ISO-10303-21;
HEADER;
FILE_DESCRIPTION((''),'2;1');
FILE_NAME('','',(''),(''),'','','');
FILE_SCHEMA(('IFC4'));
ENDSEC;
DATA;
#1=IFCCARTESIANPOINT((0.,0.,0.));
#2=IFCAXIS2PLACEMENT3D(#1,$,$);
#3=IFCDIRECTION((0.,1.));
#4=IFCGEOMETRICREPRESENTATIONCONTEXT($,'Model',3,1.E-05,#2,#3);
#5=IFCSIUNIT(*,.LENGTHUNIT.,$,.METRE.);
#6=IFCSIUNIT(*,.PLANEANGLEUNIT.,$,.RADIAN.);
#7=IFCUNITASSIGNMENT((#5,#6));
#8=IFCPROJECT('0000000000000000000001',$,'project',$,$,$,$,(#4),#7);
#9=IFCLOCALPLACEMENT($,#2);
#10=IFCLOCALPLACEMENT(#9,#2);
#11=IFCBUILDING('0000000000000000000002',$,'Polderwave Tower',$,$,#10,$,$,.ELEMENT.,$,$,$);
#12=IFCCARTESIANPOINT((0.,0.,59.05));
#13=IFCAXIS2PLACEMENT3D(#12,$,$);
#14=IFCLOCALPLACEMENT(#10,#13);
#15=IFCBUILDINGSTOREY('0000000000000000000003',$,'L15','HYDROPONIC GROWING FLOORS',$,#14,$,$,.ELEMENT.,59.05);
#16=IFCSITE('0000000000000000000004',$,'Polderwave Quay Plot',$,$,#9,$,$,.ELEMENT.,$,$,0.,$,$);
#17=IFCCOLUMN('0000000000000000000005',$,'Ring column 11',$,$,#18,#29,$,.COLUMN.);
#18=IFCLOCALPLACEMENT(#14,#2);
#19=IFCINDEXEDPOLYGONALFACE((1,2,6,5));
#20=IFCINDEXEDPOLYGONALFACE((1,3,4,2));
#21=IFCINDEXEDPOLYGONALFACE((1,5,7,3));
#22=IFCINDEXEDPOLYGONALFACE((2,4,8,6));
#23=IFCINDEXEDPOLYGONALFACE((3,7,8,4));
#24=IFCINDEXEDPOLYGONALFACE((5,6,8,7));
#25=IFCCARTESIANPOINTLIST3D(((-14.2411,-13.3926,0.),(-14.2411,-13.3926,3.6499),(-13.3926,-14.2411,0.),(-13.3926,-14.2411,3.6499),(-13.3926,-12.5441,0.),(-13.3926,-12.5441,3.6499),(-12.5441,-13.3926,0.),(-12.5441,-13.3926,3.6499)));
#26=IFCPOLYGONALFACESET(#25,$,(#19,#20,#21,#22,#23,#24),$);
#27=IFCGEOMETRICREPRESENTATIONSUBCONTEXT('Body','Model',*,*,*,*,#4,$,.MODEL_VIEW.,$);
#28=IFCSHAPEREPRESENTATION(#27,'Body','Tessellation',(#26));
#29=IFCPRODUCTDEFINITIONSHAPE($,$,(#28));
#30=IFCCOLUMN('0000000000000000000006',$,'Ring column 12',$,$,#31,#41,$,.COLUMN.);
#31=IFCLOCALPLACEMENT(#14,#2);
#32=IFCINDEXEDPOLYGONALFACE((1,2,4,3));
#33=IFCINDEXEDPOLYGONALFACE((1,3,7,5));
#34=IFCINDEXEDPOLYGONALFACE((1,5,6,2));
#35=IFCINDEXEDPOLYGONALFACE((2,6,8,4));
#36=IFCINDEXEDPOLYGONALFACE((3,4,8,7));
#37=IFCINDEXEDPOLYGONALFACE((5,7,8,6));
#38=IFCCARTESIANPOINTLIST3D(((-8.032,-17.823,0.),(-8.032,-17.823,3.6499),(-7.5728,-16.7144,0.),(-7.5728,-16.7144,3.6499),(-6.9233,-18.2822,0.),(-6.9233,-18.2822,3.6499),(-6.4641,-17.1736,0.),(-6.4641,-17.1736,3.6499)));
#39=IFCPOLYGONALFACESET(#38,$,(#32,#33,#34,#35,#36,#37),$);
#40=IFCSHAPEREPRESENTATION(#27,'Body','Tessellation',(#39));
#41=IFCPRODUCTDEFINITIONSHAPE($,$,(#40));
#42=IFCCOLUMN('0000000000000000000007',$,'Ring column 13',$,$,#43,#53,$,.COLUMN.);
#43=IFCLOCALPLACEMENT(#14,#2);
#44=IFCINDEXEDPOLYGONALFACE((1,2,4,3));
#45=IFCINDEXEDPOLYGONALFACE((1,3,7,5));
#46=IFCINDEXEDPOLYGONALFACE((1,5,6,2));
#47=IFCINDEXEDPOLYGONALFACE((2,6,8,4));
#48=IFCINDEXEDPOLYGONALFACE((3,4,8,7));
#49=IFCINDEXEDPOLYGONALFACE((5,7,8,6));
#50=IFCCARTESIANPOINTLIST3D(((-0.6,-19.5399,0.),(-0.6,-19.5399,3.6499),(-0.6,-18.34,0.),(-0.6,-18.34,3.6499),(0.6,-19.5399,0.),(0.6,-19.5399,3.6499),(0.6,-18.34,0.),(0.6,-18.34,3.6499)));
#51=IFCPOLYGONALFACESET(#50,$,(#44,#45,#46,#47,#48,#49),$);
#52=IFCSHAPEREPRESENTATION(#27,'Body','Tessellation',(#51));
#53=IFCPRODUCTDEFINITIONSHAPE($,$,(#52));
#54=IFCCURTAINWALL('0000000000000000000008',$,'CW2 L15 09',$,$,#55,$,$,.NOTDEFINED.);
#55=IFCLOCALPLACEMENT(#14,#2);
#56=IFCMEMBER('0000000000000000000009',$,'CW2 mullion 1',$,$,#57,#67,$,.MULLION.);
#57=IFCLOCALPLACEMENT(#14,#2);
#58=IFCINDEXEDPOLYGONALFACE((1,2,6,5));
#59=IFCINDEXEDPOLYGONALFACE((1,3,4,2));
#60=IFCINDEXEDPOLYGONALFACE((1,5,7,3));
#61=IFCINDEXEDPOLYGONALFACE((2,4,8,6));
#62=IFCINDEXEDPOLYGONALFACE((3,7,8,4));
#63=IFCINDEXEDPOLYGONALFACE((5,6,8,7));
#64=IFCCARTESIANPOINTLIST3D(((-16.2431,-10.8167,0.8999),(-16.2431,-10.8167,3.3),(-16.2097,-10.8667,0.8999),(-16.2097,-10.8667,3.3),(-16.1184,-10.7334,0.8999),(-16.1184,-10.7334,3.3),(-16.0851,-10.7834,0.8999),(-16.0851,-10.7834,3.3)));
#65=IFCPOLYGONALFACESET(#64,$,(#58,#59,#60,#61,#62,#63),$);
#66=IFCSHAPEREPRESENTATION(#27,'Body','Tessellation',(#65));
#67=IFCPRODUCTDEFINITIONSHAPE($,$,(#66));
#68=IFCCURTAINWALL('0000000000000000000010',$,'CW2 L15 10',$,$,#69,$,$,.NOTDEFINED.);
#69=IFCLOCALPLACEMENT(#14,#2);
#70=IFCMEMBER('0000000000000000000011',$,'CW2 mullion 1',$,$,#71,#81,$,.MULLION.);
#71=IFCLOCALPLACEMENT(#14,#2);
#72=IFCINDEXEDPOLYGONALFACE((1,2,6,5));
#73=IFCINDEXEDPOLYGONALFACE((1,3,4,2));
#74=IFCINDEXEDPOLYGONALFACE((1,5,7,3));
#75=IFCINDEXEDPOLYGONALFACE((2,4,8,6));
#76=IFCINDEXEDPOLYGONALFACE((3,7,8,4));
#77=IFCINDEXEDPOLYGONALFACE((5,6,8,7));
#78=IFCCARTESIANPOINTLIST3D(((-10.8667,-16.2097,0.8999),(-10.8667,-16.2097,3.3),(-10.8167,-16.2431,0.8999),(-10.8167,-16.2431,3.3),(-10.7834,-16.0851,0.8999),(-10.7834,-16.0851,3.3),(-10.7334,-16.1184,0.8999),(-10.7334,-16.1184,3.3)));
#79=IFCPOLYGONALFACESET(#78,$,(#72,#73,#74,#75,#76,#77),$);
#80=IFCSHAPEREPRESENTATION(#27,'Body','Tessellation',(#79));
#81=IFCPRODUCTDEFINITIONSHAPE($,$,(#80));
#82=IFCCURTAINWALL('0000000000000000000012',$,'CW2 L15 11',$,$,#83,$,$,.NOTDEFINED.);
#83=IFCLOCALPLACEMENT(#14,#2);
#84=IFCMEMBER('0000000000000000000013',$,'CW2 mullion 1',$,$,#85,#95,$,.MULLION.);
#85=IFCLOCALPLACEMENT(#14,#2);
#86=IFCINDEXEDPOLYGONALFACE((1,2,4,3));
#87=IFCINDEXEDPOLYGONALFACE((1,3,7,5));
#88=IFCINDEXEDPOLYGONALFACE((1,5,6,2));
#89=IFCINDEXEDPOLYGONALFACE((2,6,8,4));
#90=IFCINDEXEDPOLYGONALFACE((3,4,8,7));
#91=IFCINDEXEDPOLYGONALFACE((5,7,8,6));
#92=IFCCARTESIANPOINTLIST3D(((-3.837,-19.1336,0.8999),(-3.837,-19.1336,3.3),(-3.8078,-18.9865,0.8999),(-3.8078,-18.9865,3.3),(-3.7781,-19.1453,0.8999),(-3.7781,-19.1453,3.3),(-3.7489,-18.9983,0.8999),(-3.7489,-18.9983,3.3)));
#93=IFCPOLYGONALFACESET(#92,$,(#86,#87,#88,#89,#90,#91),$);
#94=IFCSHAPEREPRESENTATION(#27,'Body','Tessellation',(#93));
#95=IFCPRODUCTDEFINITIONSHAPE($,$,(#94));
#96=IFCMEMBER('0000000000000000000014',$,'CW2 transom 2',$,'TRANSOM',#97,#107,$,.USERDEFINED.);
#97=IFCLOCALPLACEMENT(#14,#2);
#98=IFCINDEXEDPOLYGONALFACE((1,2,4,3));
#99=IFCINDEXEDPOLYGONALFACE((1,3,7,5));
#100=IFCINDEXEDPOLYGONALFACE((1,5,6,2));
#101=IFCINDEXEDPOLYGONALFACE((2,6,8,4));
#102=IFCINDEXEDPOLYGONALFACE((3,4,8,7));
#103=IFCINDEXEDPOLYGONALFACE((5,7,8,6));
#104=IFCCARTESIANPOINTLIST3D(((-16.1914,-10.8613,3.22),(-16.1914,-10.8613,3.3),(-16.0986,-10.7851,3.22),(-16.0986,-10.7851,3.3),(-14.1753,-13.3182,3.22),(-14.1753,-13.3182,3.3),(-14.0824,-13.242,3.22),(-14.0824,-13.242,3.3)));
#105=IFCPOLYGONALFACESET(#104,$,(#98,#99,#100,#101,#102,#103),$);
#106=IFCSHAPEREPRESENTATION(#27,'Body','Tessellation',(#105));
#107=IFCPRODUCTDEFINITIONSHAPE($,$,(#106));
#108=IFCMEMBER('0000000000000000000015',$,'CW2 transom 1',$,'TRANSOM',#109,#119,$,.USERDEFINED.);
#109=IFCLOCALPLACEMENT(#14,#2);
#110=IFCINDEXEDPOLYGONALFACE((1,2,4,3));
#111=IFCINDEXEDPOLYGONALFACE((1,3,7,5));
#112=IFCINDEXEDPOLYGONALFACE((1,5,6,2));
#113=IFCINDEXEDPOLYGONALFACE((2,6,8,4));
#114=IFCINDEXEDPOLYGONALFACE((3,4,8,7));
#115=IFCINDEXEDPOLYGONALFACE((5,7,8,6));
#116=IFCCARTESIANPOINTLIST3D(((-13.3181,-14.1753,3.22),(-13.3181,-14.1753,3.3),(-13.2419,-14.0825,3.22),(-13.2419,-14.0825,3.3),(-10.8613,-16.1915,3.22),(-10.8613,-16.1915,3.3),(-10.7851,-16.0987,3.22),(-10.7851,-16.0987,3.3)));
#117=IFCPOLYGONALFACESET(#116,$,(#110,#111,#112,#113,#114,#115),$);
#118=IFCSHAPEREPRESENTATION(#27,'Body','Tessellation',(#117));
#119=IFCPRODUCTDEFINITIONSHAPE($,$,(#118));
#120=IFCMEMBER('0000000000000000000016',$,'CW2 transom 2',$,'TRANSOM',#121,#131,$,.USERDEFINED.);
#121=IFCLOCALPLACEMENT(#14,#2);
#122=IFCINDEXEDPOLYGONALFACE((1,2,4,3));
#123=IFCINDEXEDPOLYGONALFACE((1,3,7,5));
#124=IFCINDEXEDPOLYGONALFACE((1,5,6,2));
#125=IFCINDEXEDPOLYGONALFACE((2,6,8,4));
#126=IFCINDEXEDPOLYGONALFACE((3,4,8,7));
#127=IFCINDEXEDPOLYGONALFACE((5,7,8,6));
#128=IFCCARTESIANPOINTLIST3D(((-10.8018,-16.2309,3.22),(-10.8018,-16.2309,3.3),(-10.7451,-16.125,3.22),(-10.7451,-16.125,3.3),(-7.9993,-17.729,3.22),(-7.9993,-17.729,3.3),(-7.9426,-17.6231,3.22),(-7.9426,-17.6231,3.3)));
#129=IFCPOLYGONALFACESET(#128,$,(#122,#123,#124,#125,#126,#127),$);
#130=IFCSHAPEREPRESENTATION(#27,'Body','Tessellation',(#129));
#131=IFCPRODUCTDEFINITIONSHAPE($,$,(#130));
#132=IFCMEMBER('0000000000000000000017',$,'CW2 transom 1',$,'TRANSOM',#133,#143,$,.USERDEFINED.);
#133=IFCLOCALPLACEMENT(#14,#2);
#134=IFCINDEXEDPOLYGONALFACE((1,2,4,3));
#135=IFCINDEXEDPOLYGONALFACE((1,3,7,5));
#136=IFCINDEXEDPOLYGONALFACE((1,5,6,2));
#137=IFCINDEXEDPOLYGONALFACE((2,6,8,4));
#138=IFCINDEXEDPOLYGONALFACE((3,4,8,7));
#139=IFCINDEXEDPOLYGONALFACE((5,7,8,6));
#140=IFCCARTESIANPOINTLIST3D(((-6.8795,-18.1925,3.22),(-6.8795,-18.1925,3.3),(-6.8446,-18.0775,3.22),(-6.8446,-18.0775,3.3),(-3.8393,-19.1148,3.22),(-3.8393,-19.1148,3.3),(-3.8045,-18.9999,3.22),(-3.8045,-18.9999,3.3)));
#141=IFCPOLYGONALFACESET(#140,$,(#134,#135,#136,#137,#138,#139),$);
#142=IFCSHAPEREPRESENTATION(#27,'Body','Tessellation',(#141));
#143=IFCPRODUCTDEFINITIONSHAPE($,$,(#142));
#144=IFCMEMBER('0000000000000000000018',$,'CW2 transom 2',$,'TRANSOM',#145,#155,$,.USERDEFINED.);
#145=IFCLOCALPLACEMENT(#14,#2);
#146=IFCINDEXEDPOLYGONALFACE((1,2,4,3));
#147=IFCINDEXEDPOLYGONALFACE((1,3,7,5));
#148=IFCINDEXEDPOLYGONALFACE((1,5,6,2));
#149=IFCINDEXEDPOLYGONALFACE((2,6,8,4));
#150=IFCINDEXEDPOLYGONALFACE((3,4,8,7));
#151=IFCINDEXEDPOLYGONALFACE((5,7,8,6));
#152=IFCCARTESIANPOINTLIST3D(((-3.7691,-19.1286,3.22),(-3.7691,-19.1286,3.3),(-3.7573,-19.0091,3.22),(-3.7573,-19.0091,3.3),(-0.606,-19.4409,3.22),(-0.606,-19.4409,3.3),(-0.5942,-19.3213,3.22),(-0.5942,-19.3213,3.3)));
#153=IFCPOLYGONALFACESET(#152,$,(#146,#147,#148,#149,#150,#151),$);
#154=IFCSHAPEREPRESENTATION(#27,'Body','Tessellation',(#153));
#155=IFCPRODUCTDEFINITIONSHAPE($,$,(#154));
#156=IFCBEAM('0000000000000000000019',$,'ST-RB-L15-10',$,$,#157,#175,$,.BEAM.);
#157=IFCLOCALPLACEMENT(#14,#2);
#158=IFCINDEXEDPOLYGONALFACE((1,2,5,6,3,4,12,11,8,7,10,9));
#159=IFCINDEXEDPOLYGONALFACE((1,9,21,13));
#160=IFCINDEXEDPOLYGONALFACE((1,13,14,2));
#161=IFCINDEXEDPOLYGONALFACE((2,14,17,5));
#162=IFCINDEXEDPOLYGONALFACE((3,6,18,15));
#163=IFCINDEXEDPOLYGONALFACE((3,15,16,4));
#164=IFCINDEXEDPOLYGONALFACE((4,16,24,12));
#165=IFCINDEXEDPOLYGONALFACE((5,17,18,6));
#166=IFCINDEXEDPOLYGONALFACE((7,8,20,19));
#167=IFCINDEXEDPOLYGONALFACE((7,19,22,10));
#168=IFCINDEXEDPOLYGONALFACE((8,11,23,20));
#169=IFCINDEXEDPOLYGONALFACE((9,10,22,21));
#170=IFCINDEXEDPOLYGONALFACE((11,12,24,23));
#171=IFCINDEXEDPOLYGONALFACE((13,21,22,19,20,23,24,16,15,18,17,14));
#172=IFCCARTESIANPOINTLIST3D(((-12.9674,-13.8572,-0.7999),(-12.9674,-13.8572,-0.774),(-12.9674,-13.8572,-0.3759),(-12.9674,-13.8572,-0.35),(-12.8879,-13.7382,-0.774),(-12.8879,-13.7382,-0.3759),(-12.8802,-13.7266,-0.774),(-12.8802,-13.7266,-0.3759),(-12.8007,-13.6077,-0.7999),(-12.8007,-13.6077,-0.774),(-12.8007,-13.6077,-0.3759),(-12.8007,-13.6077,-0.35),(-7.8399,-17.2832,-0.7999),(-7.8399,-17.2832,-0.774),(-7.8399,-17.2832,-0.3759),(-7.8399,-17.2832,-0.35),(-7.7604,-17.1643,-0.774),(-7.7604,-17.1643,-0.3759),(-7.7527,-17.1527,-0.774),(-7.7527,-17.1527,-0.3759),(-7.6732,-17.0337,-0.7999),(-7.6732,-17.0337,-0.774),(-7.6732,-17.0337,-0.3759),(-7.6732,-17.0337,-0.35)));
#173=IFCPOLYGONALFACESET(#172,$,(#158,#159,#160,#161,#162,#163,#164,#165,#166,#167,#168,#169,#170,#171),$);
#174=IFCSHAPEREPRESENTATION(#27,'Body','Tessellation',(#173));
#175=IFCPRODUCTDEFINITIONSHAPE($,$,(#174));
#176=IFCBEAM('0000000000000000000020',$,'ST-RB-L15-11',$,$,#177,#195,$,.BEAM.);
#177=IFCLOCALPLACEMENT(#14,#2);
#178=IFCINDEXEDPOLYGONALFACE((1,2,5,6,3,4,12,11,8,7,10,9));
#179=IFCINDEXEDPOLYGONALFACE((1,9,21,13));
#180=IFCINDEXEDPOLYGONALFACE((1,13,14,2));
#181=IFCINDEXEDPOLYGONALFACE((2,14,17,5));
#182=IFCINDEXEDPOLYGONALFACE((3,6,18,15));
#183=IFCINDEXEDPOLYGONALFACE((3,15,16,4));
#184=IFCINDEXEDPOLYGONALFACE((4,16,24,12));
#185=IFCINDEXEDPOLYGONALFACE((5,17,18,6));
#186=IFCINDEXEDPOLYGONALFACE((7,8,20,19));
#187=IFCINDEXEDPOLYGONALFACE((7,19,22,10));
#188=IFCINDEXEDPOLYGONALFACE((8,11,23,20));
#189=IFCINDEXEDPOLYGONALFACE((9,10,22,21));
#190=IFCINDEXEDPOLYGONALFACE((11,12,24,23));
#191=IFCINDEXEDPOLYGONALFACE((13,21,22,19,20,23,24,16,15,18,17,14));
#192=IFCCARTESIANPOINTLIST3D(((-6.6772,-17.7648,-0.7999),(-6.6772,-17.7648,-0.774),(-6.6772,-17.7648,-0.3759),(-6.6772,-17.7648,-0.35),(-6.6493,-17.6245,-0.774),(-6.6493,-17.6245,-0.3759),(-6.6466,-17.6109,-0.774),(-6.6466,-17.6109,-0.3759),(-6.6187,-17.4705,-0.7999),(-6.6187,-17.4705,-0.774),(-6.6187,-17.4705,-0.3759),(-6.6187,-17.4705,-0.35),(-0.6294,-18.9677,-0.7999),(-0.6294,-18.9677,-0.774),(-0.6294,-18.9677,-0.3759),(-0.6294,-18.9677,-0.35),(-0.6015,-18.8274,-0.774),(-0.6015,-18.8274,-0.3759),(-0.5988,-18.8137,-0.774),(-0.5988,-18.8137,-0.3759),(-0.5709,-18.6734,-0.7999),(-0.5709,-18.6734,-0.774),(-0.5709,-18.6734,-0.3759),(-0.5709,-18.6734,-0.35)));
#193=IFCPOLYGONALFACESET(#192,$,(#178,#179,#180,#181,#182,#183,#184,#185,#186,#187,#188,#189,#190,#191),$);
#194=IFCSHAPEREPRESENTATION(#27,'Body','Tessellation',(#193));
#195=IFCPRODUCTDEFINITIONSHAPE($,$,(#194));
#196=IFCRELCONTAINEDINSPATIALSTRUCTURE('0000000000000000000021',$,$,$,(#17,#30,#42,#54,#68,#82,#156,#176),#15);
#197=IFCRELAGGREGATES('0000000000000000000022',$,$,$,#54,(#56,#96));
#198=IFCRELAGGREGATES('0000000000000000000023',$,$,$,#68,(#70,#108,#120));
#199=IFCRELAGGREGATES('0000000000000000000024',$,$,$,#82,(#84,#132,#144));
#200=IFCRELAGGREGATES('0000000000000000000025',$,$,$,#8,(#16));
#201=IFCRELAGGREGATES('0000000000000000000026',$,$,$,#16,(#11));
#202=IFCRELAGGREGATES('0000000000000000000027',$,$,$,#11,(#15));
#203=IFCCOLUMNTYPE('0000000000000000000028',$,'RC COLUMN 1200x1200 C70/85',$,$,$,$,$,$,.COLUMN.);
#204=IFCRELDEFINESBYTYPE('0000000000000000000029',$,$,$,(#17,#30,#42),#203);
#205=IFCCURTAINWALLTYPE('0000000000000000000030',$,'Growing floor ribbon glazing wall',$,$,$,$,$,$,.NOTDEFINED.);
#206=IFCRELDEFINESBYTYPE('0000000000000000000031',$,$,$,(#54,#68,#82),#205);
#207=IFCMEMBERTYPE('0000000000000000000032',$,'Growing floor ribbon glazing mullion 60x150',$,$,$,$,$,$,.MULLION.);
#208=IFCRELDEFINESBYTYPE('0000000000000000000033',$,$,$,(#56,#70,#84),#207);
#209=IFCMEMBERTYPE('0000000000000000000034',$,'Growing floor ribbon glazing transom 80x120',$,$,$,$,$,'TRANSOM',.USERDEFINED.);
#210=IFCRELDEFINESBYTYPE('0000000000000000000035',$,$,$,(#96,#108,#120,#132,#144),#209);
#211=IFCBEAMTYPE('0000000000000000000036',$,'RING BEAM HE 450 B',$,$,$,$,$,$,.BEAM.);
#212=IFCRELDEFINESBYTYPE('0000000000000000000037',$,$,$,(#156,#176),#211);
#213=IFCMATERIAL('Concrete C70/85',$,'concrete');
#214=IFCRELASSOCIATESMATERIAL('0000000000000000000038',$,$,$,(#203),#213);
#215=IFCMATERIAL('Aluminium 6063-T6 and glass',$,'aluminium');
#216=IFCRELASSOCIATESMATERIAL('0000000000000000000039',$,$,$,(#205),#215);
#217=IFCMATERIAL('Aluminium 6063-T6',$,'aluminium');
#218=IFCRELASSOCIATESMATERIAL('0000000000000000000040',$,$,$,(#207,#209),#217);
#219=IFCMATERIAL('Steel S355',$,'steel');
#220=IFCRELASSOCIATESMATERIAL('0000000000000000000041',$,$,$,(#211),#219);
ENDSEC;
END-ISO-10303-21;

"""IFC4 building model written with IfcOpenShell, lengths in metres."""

from ifc_helpers import new_model, si_unit, direction, frame, origin, origin_2d, place, context, subcontext, project, spatial, rectangle, i_section, extrude, material, material_profile, profile_set, type_object, element, aggregate, save


model = new_model("IFC4")

# Units and contexts
model_context = context("Model", 3, precision=1e-05, world=origin(), true_north=direction((0.0, 1.0)))
body_context = subcontext(model_context, "Body", "Model", "MODEL_VIEW")
ifc_project = project(units=[si_unit("LENGTHUNIT", "METRE"), si_unit("PLANEANGLEUNIT", "RADIAN")], contexts=[model_context])

# Site, building, storey
site_placement = place(None, origin())
site = spatial("IfcSite", under=ifc_project, at=site_placement, Name="Polderwave Quay Plot", CompositionType="ELEMENT", RefElevation=0.0)
building_placement = place(site_placement, origin())
building = spatial("IfcBuilding", under=site, at=building_placement, Name="Polderwave Tower", CompositionType="ELEMENT")
storey_placement = place(building_placement, frame((0.0, 0.0, 59.05)))
storey = spatial("IfcBuildingStorey", under=building, at=storey_placement, Name="L15", Description="HYDROPONIC GROWING FLOORS", CompositionType="ELEMENT", Elevation=59.05)

# Columns
ifc_material_1 = material(Name="Concrete C70/85", Category="concrete")
ifc_material_profile_1 = material_profile(ifc_material_1, rectangle(XDim=1.2, YDim=1.2, at=origin_2d()), Name="RC 1200x1200")
ifc_profile_set_1 = profile_set([ifc_material_profile_1], Name="Concrete C70/85")
column_type = type_object("IfcColumnType", Name="RC COLUMN 1200x1200 C70/85", PredefinedType="COLUMN", material=ifc_profile_set_1)
for number, where, z_axis, x_axis, name in (
    (1, (-13.3926, -13.3926, 0.0), (0.0, 0.0, 1.0), (-0.707107, -0.707107, 0.0), "Ring column 11"),
    (2, (-7.248, -17.4983, 0.0), (0.0, 0.0, 1.0), (-0.382683, -0.92388, 0.0), "Ring column 12"),
    (3, (0.0, -18.9399, 0.0), (0.0, 0.0, 1.0), (0.0, -1.0, 0.0), "Ring column 13"),
):
    element("IfcColumn", number, at=place(storey_placement, frame(where, z_axis=z_axis, x_axis=x_axis)), inside=storey, type_object=column_type, Name=name, PredefinedType="COLUMN", context=body_context, shape_type="SweptSolid", body=[
        extrude(rectangle(XDim=1.2, YDim=1.2, at=origin_2d()), origin(), (0.0, 0.0, 1.0), 3.6499),
    ])

# Curtain walls, members
ifc_material_2 = material(Name="Aluminium 6063-T6 and glass", Category="aluminium")
curtain_wall_type = type_object("IfcCurtainWallType", Name="Growing floor ribbon glazing wall", PredefinedType="NOTDEFINED", material=ifc_material_2)
curtain_wall_1_placement = place(storey_placement, origin())
curtain_wall_1 = element("IfcCurtainWall", 4, at=curtain_wall_1_placement, inside=storey, type_object=curtain_wall_type, Name="CW2 L15 09", PredefinedType="NOTDEFINED")
ifc_material_3 = material(Name="Aluminium 6063-T6", Category="aluminium")
ifc_material_profile_2 = material_profile(ifc_material_3, rectangle(XDim=0.1499, YDim=0.0601, at=origin_2d()), Name="AL 60x150")
ifc_profile_set_2 = profile_set([ifc_material_profile_2], Name="Aluminium 6063-T6")
member_type_1 = type_object("IfcMemberType", Name="Growing floor ribbon glazing mullion 60x150", PredefinedType="MULLION", material=ifc_profile_set_2)
member_1_placement = place(storey_placement, frame((-16.1641, -10.8, 0.8999), z_axis=(0.0, 0.0, 1.0), x_axis=(0.831499, 0.555527, 0.0)))
member_1 = element("IfcMember", 5, at=member_1_placement, type_object=member_type_1, Name="CW2 mullion 1", PredefinedType="MULLION", context=body_context, shape_type="SweptSolid", body=[
    extrude(rectangle(XDim=0.1499, YDim=0.0601, at=origin_2d()), origin(), (0.0, 0.0, 1.0), 2.4001),
])
curtain_wall_2_placement = place(storey_placement, origin())
curtain_wall_2 = element("IfcCurtainWall", 6, at=curtain_wall_2_placement, inside=storey, type_object=curtain_wall_type, Name="CW2 L15 10", PredefinedType="NOTDEFINED")
member_2_placement = place(storey_placement, frame((-10.8, -16.1641, 0.8999), z_axis=(0.0, 0.0, 1.0), x_axis=(0.555527, 0.831499, 0.0)))
member_2 = element("IfcMember", 7, at=member_2_placement, type_object=member_type_1, Name="CW2 mullion 1", PredefinedType="MULLION", context=body_context, shape_type="SweptSolid", body=[
    extrude(rectangle(XDim=0.1499, YDim=0.0601, at=origin_2d()), origin(), (0.0, 0.0, 1.0), 2.4001),
])
curtain_wall_3_placement = place(storey_placement, origin())
curtain_wall_3 = element("IfcCurtainWall", 8, at=curtain_wall_3_placement, inside=storey, type_object=curtain_wall_type, Name="CW2 L15 11", PredefinedType="NOTDEFINED")
member_3_placement = place(storey_placement, frame((-3.793, -19.0659, 0.8999), z_axis=(0.0, 0.0, 1.0), x_axis=(0.195172, 0.980769, 0.0)))
member_3 = element("IfcMember", 9, at=member_3_placement, type_object=member_type_1, Name="CW2 mullion 1", PredefinedType="MULLION", context=body_context, shape_type="SweptSolid", body=[
    extrude(rectangle(XDim=0.1499, YDim=0.0601, at=origin_2d()), origin(), (0.0, 0.0, 1.0), 2.4001),
])

# Members
ifc_material_profile_3 = material_profile(ifc_material_3, rectangle(XDim=0.1201, YDim=0.0801, at=origin_2d()), Name="AL 80x120")
ifc_profile_set_3 = profile_set([ifc_material_profile_3], Name="Aluminium 6063-T6")
member_type_2 = type_object("IfcMemberType", Name="Growing floor ribbon glazing transom 80x120", ElementType="TRANSOM", PredefinedType="USERDEFINED", material=ifc_profile_set_3)
member_4_placement = place(storey_placement, frame((-16.145, -10.8232, 3.26), z_axis=(0.634371, -0.773029, 0.0), x_axis=(0.773029, 0.634371, 0.0)))
member_4 = element("IfcMember", 10, at=member_4_placement, type_object=member_type_2, Name="CW2 transom 2", ObjectType="TRANSOM", PredefinedType="USERDEFINED", context=body_context, shape_type="SweptSolid", body=[
    extrude(rectangle(XDim=0.1201, YDim=0.0801, at=origin_2d()), origin(), (0.0, 0.0, 1.0), 3.1782),
])
member_5_placement = place(storey_placement, frame((-13.28, -14.1289, 3.26), z_axis=(0.773029, -0.634371, 0.0), x_axis=(0.634371, 0.773029, 0.0)))
member_5 = element("IfcMember", 11, at=member_5_placement, type_object=member_type_2, Name="CW2 transom 1", ObjectType="TRANSOM", PredefinedType="USERDEFINED", context=body_context, shape_type="SweptSolid", body=[
    extrude(rectangle(XDim=0.1201, YDim=0.0801, at=origin_2d()), origin(), (0.0, 0.0, 1.0), 3.1782),
])
member_6_placement = place(storey_placement, frame((-10.7734, -16.178, 3.26), z_axis=(0.88191, -0.471417, 0.0), x_axis=(0.471417, 0.88191, 0.0)))
member_6 = element("IfcMember", 12, at=member_6_placement, type_object=member_type_2, Name="CW2 transom 2", ObjectType="TRANSOM", PredefinedType="USERDEFINED", context=body_context, shape_type="SweptSolid", body=[
    extrude(rectangle(XDim=0.1201, YDim=0.0801, at=origin_2d()), origin(), (0.0, 0.0, 1.0), 3.1777),
])
member_7_placement = place(storey_placement, frame((-6.8621, -18.135, 3.26), z_axis=(0.956931, -0.290314, 0.0), x_axis=(0.290314, 0.956931, 0.0)))
member_7 = element("IfcMember", 13, at=member_7_placement, type_object=member_type_2, Name="CW2 transom 1", ObjectType="TRANSOM", PredefinedType="USERDEFINED", context=body_context, shape_type="SweptSolid", body=[
    extrude(rectangle(XDim=0.1201, YDim=0.0801, at=origin_2d()), origin(), (0.0, 0.0, 1.0), 3.177),
])
member_8_placement = place(storey_placement, frame((-3.7632, -19.0688, 3.26), z_axis=(0.995163, -0.098241, 0.0), x_axis=(0.098241, 0.995163, 0.0)))
member_8 = element("IfcMember", 14, at=member_8_placement, type_object=member_type_2, Name="CW2 transom 2", ObjectType="TRANSOM", PredefinedType="USERDEFINED", context=body_context, shape_type="SweptSolid", body=[
    extrude(rectangle(XDim=0.1201, YDim=0.0801, at=origin_2d()), origin(), (0.0, 0.0, 1.0), 3.1785),
])

# Beams
ifc_material_4 = material(Name="Steel S355", Category="steel")
ifc_material_profile_4 = material_profile(ifc_material_4, i_section(OverallWidth=0.3, OverallDepth=0.45, WebThickness=0.0139, FlangeThickness=0.0259, at=origin_2d()), Name="HE 450 B")
ifc_profile_set_4 = profile_set([ifc_material_profile_4], Name="Steel S355")
beam_type = type_object("IfcBeamType", Name="RING BEAM HE 450 B", PredefinedType="BEAM", material=ifc_profile_set_4)
beam_1_placement = place(storey_placement, frame((-12.884, -13.7324, -0.575), z_axis=(0.831471, -0.555568, 0.0), x_axis=(0.555568, 0.831471, 0.0)))
element("IfcBeam", 15, at=beam_1_placement, inside=storey, type_object=beam_type, Name="ST-RB-L15-10", PredefinedType="BEAM", context=body_context, shape_type="SweptSolid", body=[
    extrude(i_section(OverallWidth=0.3, OverallDepth=0.45, WebThickness=0.0139, FlangeThickness=0.0259, at=origin_2d()), origin(), (0.0, 0.0, 1.0), 6.1667),
])
beam_2_placement = place(storey_placement, frame((-6.6479, -17.6177, -0.575), z_axis=(0.980789, -0.195073, 0.0), x_axis=(0.195073, 0.980789, 0.0)))
element("IfcBeam", 16, at=beam_2_placement, inside=storey, type_object=beam_type, Name="ST-RB-L15-11", PredefinedType="BEAM", context=body_context, shape_type="SweptSolid", body=[
    extrude(i_section(OverallWidth=0.3, OverallDepth=0.45, WebThickness=0.0139, FlangeThickness=0.0259, at=origin_2d()), origin(), (0.0, 0.0, 1.0), 6.1663),
])

aggregate(curtain_wall_1, [member_1, member_4])
aggregate(curtain_wall_2, [member_2, member_5, member_6])
aggregate(curtain_wall_3, [member_3, member_7, member_8])

save(model, "model.ifc")
